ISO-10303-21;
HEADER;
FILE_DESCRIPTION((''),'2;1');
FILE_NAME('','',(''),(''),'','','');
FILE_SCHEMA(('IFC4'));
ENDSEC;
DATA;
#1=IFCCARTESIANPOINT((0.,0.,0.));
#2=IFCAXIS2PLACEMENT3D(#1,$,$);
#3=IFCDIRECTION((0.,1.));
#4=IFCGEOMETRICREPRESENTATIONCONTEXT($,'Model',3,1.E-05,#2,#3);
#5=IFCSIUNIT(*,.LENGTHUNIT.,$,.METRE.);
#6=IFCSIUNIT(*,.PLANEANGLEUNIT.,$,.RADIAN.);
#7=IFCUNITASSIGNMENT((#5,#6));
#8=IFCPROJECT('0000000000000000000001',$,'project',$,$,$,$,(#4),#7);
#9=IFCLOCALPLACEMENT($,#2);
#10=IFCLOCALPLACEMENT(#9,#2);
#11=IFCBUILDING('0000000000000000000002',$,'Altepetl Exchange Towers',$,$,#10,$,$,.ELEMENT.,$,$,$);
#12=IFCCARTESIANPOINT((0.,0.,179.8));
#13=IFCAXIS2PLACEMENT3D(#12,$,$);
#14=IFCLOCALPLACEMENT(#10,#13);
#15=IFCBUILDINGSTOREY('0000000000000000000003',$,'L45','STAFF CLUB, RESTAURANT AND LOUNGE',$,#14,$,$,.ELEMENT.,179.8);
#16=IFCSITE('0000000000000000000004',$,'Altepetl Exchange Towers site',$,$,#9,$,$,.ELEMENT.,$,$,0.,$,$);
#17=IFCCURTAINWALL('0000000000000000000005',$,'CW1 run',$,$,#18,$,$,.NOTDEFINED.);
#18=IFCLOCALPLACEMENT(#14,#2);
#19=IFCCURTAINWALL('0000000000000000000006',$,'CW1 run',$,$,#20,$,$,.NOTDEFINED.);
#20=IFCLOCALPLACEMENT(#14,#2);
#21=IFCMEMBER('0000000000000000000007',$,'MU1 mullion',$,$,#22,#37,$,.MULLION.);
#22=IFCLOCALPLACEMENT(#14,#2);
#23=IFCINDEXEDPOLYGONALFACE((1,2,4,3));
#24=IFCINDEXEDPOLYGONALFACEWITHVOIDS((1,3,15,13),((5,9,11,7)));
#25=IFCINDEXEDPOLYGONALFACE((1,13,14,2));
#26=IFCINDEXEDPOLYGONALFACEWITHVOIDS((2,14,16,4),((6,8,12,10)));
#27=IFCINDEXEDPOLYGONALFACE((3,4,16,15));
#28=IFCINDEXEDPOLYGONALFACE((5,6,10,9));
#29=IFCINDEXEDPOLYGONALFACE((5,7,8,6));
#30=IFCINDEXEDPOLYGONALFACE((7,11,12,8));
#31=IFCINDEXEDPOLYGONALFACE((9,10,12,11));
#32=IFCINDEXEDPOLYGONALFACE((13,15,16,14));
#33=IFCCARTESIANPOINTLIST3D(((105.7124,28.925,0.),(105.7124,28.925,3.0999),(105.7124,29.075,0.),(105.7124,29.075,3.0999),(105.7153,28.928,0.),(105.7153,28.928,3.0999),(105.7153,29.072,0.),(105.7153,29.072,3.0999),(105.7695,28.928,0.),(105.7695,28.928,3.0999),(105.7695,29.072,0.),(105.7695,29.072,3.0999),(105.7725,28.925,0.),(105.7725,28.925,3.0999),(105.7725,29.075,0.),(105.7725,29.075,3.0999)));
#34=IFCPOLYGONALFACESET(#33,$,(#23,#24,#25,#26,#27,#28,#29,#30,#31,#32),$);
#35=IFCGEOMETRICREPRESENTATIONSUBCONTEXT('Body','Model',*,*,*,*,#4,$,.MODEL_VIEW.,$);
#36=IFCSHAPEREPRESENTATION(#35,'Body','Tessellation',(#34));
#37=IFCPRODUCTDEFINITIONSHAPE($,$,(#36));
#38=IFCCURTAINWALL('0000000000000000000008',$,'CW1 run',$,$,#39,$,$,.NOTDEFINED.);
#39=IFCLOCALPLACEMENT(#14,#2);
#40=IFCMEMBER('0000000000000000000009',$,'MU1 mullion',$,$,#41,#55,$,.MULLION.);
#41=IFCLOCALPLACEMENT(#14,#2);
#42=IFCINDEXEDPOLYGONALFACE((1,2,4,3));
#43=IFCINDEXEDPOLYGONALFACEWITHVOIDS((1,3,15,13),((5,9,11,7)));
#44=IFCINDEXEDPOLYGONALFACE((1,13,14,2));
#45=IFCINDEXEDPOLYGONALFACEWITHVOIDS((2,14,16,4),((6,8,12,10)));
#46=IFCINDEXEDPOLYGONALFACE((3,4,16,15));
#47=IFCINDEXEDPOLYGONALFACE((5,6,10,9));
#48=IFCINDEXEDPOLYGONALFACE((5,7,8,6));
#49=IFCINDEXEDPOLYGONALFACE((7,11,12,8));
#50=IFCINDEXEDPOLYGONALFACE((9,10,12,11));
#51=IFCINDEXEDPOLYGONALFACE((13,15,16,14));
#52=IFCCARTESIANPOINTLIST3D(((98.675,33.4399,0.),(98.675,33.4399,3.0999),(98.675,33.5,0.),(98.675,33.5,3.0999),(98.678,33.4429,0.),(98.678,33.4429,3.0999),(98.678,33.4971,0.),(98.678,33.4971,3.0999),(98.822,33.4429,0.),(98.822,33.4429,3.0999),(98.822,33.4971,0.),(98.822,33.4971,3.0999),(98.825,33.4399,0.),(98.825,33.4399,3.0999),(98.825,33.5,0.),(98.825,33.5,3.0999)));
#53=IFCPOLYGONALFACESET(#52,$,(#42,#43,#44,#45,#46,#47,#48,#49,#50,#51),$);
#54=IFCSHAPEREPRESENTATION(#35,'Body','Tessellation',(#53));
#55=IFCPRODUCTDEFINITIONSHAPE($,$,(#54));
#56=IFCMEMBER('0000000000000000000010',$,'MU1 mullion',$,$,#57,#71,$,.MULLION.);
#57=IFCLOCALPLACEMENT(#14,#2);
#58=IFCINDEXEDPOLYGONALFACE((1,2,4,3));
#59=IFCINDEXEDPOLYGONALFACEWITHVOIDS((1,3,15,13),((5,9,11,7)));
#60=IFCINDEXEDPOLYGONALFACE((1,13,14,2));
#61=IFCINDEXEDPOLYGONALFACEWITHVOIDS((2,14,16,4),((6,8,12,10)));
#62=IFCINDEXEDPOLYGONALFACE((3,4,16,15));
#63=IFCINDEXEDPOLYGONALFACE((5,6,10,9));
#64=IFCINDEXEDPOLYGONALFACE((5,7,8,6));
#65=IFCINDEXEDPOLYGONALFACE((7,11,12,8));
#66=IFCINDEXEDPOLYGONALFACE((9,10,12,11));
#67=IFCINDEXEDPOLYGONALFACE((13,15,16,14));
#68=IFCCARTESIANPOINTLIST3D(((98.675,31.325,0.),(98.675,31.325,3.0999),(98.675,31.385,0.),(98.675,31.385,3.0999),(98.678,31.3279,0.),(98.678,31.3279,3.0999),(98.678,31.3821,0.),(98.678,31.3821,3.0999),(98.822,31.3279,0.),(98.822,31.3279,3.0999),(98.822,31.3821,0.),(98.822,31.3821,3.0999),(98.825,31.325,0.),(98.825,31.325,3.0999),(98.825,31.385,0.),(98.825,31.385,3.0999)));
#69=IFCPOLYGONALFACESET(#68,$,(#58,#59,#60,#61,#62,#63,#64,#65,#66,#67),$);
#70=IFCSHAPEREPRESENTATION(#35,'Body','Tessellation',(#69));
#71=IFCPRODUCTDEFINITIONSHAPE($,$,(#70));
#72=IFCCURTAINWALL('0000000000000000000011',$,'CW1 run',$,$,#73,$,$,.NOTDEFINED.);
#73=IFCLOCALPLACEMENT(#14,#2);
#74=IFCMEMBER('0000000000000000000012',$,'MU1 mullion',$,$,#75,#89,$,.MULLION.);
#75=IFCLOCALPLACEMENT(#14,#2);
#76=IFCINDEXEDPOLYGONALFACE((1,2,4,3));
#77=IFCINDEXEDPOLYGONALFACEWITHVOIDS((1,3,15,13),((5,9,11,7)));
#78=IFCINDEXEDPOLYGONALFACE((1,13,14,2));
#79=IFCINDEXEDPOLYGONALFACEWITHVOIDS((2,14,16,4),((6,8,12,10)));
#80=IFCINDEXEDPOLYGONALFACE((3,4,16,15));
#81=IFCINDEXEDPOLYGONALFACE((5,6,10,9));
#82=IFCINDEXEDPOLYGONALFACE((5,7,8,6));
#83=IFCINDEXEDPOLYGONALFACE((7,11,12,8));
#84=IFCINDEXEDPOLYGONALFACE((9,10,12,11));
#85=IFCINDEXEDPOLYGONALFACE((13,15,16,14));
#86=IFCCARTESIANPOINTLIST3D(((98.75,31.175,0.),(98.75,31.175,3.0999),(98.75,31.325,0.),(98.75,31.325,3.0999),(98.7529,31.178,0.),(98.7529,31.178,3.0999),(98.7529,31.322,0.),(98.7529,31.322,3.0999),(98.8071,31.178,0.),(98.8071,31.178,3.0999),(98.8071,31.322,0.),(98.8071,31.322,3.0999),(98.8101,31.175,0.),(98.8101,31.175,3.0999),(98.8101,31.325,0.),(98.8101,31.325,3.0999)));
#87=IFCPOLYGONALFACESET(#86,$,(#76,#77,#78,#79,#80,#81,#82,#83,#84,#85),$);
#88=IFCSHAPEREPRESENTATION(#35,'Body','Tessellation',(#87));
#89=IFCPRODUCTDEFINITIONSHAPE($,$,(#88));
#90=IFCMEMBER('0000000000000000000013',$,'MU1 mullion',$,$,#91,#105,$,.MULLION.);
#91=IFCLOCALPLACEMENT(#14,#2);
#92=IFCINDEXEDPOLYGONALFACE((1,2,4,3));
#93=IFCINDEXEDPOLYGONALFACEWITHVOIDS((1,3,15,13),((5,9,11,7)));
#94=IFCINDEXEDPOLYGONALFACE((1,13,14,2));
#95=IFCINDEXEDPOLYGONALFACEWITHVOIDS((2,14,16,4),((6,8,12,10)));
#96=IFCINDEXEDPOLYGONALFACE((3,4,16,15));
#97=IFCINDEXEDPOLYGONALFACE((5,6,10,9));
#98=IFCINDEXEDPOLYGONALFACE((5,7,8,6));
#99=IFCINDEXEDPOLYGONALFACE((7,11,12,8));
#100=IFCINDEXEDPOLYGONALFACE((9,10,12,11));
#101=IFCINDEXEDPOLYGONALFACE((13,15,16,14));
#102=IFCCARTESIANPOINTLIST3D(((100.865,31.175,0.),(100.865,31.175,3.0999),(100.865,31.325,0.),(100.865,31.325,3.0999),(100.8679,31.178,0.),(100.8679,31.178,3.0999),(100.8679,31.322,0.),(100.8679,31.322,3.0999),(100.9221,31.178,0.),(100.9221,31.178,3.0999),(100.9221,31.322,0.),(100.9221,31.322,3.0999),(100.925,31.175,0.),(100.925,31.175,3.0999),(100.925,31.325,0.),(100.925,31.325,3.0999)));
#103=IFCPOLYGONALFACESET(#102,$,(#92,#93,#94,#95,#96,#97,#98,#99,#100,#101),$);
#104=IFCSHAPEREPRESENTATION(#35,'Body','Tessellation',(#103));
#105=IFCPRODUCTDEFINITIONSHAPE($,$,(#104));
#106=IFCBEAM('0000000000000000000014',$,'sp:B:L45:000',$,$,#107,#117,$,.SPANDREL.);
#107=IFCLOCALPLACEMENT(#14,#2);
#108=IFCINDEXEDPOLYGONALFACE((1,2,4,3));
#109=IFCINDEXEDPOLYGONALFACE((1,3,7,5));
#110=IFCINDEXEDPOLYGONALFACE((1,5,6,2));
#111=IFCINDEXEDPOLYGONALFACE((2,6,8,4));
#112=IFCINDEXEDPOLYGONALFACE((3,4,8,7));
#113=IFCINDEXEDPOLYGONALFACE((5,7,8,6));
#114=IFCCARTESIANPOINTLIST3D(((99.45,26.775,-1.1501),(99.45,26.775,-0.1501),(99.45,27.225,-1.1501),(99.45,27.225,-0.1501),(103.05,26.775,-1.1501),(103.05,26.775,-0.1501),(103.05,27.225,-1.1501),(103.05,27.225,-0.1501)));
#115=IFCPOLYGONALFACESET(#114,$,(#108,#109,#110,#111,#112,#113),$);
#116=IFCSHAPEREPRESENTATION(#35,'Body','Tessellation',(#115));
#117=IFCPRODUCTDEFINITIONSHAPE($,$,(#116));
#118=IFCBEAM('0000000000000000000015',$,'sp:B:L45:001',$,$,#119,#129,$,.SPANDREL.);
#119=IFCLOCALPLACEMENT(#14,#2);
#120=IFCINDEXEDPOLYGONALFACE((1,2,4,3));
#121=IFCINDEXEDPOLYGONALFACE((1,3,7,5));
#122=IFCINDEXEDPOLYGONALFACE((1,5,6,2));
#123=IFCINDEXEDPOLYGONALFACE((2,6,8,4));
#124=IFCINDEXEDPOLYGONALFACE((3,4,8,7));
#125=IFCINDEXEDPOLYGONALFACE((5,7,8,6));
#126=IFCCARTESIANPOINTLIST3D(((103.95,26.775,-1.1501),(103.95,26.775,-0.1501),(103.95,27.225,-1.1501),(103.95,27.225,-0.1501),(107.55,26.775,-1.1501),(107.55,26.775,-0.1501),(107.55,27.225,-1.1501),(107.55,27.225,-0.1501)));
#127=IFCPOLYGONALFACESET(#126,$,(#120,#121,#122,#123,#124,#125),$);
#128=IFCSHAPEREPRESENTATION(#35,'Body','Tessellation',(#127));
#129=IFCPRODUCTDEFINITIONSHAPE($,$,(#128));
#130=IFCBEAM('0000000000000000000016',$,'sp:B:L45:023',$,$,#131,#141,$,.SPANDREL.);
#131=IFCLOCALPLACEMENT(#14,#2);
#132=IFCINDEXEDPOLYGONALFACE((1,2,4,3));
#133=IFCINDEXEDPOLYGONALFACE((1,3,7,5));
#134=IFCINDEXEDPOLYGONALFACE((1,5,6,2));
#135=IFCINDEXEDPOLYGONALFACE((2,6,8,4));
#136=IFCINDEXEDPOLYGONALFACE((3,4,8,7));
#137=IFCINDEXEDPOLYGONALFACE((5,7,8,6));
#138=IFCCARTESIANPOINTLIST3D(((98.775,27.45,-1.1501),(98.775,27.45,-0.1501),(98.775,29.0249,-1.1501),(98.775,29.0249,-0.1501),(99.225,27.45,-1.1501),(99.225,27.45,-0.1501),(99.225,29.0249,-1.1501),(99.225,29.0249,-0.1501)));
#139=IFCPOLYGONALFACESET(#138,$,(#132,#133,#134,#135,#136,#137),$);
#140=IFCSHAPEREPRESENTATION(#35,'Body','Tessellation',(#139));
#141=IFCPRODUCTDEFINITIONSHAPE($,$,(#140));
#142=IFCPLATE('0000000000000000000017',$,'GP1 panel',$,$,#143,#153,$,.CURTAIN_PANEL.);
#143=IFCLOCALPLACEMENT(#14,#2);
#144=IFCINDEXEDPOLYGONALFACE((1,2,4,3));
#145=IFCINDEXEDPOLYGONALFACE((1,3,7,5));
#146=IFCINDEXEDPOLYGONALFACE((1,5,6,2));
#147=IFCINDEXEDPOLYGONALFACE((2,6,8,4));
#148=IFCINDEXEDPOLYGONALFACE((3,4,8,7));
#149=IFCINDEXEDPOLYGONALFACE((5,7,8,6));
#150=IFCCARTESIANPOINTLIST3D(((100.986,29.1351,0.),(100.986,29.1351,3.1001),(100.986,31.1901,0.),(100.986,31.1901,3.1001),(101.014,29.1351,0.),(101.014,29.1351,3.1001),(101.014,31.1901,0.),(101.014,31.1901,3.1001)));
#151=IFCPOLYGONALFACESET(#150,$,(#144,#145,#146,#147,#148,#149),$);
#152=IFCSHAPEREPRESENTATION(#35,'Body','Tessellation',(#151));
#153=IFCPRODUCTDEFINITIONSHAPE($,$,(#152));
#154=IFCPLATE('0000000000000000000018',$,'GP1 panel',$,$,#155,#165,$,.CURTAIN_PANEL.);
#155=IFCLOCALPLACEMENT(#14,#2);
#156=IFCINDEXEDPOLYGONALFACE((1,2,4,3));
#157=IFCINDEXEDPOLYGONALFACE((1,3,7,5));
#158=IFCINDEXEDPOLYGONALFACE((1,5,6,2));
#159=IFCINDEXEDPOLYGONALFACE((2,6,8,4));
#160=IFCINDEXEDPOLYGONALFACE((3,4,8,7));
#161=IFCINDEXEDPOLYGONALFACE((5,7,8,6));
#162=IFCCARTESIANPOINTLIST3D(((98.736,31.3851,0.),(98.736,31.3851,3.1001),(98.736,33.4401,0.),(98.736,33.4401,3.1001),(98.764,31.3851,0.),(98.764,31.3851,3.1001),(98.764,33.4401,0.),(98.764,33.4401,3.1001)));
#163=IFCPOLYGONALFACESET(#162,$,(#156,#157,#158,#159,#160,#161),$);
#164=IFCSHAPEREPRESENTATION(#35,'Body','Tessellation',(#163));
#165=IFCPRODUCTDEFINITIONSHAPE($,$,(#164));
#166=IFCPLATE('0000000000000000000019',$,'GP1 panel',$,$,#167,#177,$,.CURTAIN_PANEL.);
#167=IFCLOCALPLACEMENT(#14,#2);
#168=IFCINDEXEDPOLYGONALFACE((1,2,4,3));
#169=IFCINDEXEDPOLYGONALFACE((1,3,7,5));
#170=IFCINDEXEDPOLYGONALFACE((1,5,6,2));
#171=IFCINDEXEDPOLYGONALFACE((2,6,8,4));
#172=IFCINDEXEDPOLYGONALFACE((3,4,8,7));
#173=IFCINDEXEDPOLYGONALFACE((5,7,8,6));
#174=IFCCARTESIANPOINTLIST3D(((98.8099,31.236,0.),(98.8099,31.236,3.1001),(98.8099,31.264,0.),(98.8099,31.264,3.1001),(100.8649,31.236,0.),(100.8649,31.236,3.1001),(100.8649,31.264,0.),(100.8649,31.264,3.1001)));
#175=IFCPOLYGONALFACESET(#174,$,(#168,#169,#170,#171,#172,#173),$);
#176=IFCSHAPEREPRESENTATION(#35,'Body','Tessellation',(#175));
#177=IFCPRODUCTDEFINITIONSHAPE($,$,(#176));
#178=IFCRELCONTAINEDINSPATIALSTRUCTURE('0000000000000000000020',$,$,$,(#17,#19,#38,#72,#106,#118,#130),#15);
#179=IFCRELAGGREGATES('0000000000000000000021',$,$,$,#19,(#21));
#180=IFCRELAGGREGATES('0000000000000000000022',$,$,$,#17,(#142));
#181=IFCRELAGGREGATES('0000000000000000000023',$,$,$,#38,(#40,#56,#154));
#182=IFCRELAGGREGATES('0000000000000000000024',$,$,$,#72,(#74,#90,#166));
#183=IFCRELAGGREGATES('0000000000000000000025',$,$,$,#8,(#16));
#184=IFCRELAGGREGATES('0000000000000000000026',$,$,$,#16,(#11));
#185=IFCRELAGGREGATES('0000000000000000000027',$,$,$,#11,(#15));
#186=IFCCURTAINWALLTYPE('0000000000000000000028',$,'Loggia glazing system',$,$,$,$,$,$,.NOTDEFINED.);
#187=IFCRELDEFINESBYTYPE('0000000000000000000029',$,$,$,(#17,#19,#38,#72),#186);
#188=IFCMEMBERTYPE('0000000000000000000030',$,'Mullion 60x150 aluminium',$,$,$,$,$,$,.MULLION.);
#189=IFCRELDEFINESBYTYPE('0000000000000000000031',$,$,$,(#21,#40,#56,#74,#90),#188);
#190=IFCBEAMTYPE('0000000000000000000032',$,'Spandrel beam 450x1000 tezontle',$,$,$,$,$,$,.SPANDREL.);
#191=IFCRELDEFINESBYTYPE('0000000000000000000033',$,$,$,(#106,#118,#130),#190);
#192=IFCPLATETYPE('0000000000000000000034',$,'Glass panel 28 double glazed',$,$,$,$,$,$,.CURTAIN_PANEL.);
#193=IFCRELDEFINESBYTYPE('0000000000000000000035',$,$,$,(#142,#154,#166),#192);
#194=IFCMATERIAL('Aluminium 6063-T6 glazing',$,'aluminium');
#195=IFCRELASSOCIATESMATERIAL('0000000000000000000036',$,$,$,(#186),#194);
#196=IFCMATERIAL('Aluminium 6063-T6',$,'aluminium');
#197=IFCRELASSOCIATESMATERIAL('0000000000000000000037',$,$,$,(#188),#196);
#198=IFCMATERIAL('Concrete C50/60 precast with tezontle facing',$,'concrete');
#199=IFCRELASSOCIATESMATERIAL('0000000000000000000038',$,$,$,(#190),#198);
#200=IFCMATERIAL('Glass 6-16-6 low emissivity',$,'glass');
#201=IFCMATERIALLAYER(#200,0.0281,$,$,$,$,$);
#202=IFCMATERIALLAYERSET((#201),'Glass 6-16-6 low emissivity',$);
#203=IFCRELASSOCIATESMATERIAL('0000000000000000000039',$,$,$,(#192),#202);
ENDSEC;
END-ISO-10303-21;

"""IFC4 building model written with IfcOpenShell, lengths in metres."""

from ifc_helpers import new_model, si_unit, direction, frame, origin, origin_2d, place, context, subcontext, project, spatial, rectangle, hollow_rectangle, extrude, material, layer, layer_set, material_profile, profile_set, type_object, element, aggregate, save


model = new_model("IFC4")

# Units and contexts
model_context = context("Model", 3, precision=1e-05, world=origin(), true_north=direction((0.0, 1.0)))
body_context = subcontext(model_context, "Body", "Model", "MODEL_VIEW")
ifc_project = project(units=[si_unit("LENGTHUNIT", "METRE"), si_unit("PLANEANGLEUNIT", "RADIAN")], contexts=[model_context])

# Site, building, storey
site_placement = place(None, origin())
site = spatial("IfcSite", under=ifc_project, at=site_placement, Name="Altepetl Exchange Towers site", CompositionType="ELEMENT", RefElevation=0.0)
building_placement = place(site_placement, origin())
building = spatial("IfcBuilding", under=site, at=building_placement, Name="Altepetl Exchange Towers", CompositionType="ELEMENT")
storey_placement = place(building_placement, frame((0.0, 0.0, 179.8)))
storey = spatial("IfcBuildingStorey", under=building, at=storey_placement, Name="L45", Description="STAFF CLUB, RESTAURANT AND LOUNGE", CompositionType="ELEMENT", Elevation=179.8)

# Curtain wall
ifc_material_1 = material(Name="Aluminium 6063-T6 glazing", Category="aluminium")
curtain_wall_type = type_object("IfcCurtainWallType", Name="Loggia glazing system", PredefinedType="NOTDEFINED", material=ifc_material_1)
curtain_wall_1_placement = place(storey_placement, origin())
curtain_wall_1 = element("IfcCurtainWall", 1, at=curtain_wall_1_placement, inside=storey, type_object=curtain_wall_type, Name="CW1 run", PredefinedType="NOTDEFINED")
ifc_material_2 = material(Name="Aluminium 6063-T6", Category="aluminium")
ifc_material_profile_1 = material_profile(ifc_material_2, hollow_rectangle(XDim=0.0601, YDim=0.1499, WallThickness=0.0029, at=origin_2d()), Name="Mullion 60x150 aluminium")
ifc_profile_set_1 = profile_set([ifc_material_profile_1], Name="Aluminium 6063-T6")
member_type = type_object("IfcMemberType", Name="Mullion 60x150 aluminium", PredefinedType="MULLION", material=ifc_profile_set_1)

# Curtain wall, member
curtain_wall_2_placement = place(storey_placement, origin())
curtain_wall_2 = element("IfcCurtainWall", 2, at=curtain_wall_2_placement, inside=storey, type_object=curtain_wall_type, Name="CW1 run", PredefinedType="NOTDEFINED")
member_1_placement = place(storey_placement, frame((105.7424, 29.0, 0.0)))
member_1 = element("IfcMember", 3, at=member_1_placement, type_object=member_type, Name="MU1 mullion", PredefinedType="MULLION", context=body_context, shape_type="SweptSolid", body=[
    extrude(hollow_rectangle(XDim=0.0601, YDim=0.1499, WallThickness=0.0029, at=origin_2d()), origin(), (0.0, 0.0, 1.0), 3.0999),
])
aggregate(curtain_wall_2, [member_1])

# Curtain walls, members
curtain_wall_3_placement = place(storey_placement, origin())
curtain_wall_3 = element("IfcCurtainWall", 4, at=curtain_wall_3_placement, inside=storey, type_object=curtain_wall_type, Name="CW1 run", PredefinedType="NOTDEFINED")
member_2_placement = place(storey_placement, frame((98.75, 33.47, 0.0), z_axis=(0.0, 0.0, 1.0), x_axis=(0.0, -1.0, 0.0)))
member_2 = element("IfcMember", 5, at=member_2_placement, type_object=member_type, Name="MU1 mullion", PredefinedType="MULLION", context=body_context, shape_type="SweptSolid", body=[
    extrude(hollow_rectangle(XDim=0.0601, YDim=0.1499, WallThickness=0.0029, at=origin_2d()), origin(), (0.0, 0.0, 1.0), 3.0999),
])
member_3_placement = place(storey_placement, frame((98.75, 31.355, 0.0), z_axis=(0.0, 0.0, 1.0), x_axis=(0.0, -1.0, 0.0)))
member_3 = element("IfcMember", 6, at=member_3_placement, type_object=member_type, Name="MU1 mullion", PredefinedType="MULLION", context=body_context, shape_type="SweptSolid", body=[
    extrude(hollow_rectangle(XDim=0.0601, YDim=0.1499, WallThickness=0.0029, at=origin_2d()), origin(), (0.0, 0.0, 1.0), 3.0999),
])
curtain_wall_4_placement = place(storey_placement, origin())
curtain_wall_4 = element("IfcCurtainWall", 7, at=curtain_wall_4_placement, inside=storey, type_object=curtain_wall_type, Name="CW1 run", PredefinedType="NOTDEFINED")
member_4_placement = place(storey_placement, frame((98.78, 31.25, 0.0)))
member_4 = element("IfcMember", 8, at=member_4_placement, type_object=member_type, Name="MU1 mullion", PredefinedType="MULLION", context=body_context, shape_type="SweptSolid", body=[
    extrude(hollow_rectangle(XDim=0.0601, YDim=0.1499, WallThickness=0.0029, at=origin_2d()), origin(), (0.0, 0.0, 1.0), 3.0999),
])
member_5_placement = place(storey_placement, frame((100.895, 31.25, 0.0)))
member_5 = element("IfcMember", 9, at=member_5_placement, type_object=member_type, Name="MU1 mullion", PredefinedType="MULLION", context=body_context, shape_type="SweptSolid", body=[
    extrude(hollow_rectangle(XDim=0.0601, YDim=0.1499, WallThickness=0.0029, at=origin_2d()), origin(), (0.0, 0.0, 1.0), 3.0999),
])

# Beams
ifc_material_3 = material(Name="Concrete C50/60 precast with tezontle facing", Category="concrete")
ifc_material_profile_2 = material_profile(ifc_material_3, rectangle(XDim=0.45, YDim=1.0, at=origin_2d()), Name="450 x 1000")
ifc_profile_set_2 = profile_set([ifc_material_profile_2], Name="Concrete C50/60 precast with tezontle facing")
beam_type_1 = type_object("IfcBeamType", Name="Spandrel beam 450x1000 tezontle", PredefinedType="SPANDREL", material=ifc_profile_set_2)
for number, where, z_axis, x_axis, name in (
    (10, (99.45, 27.0, -0.6501), (1.0, 0.0, 0.0), (0.0, 1.0, 0.0), "sp:B:L45:000"),
    (11, (103.95, 27.0, -0.6501), (1.0, 0.0, 0.0), (0.0, 1.0, 0.0), "sp:B:L45:001"),
):
    element("IfcBeam", number, at=place(storey_placement, frame(where, z_axis=z_axis, x_axis=x_axis)), inside=storey, type_object=beam_type_1, Name=name, PredefinedType="SPANDREL", context=body_context, shape_type="SweptSolid", body=[
        extrude(rectangle(XDim=0.45, YDim=1.0, at=origin_2d()), origin(), (0.0, 0.0, 1.0), 3.6001),
    ])
beam_1_placement = place(storey_placement, frame((99.0, 29.0249, -0.6501), z_axis=(0.0, -1.0, 0.0), x_axis=(1.0, 0.0, 0.0)))
element("IfcBeam", 12, at=beam_1_placement, inside=storey, type_object=beam_type_1, Name="sp:B:L45:023", PredefinedType="SPANDREL", context=body_context, shape_type="SweptSolid", body=[
    extrude(rectangle(XDim=0.45, YDim=1.0, at=origin_2d()), origin(), (0.0, 0.0, 1.0), 1.575),
])

# Plates
ifc_material_4 = material(Name="Glass 6-16-6 low emissivity", Category="glass")
ifc_layer_1 = layer(ifc_material_4, 0.0281)
ifc_layer_set_1 = layer_set([ifc_layer_1], Name="Glass 6-16-6 low emissivity")
plate_type = type_object("IfcPlateType", Name="Glass panel 28 double glazed", PredefinedType="CURTAIN_PANEL", material=ifc_layer_set_1)
plate_1_placement = place(storey_placement, frame((101.0, 30.1626, 0.0), z_axis=(0.0, 0.0, 1.0), x_axis=(0.0, -1.0, 0.0)))
plate_1 = element("IfcPlate", 13, at=plate_1_placement, type_object=plate_type, Name="GP1 panel", PredefinedType="CURTAIN_PANEL", context=body_context, shape_type="SweptSolid", body=[
    extrude(rectangle(XDim=2.0549, YDim=0.0281, at=origin_2d()), origin(), (0.0, 0.0, 1.0), 3.1001),
])
aggregate(curtain_wall_1, [plate_1])
plate_2_placement = place(storey_placement, frame((98.75, 32.4126, 0.0), z_axis=(0.0, 0.0, 1.0), x_axis=(0.0, -1.0, 0.0)))
plate_2 = element("IfcPlate", 14, at=plate_2_placement, type_object=plate_type, Name="GP1 panel", PredefinedType="CURTAIN_PANEL", context=body_context, shape_type="SweptSolid", body=[
    extrude(rectangle(XDim=2.0549, YDim=0.0281, at=origin_2d()), origin(), (0.0, 0.0, 1.0), 3.1001),
])
aggregate(curtain_wall_3, [member_2, member_3, plate_2])
plate_3_placement = place(storey_placement, frame((99.8374, 31.25, 0.0)))
plate_3 = element("IfcPlate", 15, at=plate_3_placement, type_object=plate_type, Name="GP1 panel", PredefinedType="CURTAIN_PANEL", context=body_context, shape_type="SweptSolid", body=[
    extrude(rectangle(XDim=2.0549, YDim=0.0281, at=origin_2d()), origin(), (0.0, 0.0, 1.0), 3.1001),
])
aggregate(curtain_wall_4, [member_4, member_5, plate_3])

save(model, "model.ifc")
